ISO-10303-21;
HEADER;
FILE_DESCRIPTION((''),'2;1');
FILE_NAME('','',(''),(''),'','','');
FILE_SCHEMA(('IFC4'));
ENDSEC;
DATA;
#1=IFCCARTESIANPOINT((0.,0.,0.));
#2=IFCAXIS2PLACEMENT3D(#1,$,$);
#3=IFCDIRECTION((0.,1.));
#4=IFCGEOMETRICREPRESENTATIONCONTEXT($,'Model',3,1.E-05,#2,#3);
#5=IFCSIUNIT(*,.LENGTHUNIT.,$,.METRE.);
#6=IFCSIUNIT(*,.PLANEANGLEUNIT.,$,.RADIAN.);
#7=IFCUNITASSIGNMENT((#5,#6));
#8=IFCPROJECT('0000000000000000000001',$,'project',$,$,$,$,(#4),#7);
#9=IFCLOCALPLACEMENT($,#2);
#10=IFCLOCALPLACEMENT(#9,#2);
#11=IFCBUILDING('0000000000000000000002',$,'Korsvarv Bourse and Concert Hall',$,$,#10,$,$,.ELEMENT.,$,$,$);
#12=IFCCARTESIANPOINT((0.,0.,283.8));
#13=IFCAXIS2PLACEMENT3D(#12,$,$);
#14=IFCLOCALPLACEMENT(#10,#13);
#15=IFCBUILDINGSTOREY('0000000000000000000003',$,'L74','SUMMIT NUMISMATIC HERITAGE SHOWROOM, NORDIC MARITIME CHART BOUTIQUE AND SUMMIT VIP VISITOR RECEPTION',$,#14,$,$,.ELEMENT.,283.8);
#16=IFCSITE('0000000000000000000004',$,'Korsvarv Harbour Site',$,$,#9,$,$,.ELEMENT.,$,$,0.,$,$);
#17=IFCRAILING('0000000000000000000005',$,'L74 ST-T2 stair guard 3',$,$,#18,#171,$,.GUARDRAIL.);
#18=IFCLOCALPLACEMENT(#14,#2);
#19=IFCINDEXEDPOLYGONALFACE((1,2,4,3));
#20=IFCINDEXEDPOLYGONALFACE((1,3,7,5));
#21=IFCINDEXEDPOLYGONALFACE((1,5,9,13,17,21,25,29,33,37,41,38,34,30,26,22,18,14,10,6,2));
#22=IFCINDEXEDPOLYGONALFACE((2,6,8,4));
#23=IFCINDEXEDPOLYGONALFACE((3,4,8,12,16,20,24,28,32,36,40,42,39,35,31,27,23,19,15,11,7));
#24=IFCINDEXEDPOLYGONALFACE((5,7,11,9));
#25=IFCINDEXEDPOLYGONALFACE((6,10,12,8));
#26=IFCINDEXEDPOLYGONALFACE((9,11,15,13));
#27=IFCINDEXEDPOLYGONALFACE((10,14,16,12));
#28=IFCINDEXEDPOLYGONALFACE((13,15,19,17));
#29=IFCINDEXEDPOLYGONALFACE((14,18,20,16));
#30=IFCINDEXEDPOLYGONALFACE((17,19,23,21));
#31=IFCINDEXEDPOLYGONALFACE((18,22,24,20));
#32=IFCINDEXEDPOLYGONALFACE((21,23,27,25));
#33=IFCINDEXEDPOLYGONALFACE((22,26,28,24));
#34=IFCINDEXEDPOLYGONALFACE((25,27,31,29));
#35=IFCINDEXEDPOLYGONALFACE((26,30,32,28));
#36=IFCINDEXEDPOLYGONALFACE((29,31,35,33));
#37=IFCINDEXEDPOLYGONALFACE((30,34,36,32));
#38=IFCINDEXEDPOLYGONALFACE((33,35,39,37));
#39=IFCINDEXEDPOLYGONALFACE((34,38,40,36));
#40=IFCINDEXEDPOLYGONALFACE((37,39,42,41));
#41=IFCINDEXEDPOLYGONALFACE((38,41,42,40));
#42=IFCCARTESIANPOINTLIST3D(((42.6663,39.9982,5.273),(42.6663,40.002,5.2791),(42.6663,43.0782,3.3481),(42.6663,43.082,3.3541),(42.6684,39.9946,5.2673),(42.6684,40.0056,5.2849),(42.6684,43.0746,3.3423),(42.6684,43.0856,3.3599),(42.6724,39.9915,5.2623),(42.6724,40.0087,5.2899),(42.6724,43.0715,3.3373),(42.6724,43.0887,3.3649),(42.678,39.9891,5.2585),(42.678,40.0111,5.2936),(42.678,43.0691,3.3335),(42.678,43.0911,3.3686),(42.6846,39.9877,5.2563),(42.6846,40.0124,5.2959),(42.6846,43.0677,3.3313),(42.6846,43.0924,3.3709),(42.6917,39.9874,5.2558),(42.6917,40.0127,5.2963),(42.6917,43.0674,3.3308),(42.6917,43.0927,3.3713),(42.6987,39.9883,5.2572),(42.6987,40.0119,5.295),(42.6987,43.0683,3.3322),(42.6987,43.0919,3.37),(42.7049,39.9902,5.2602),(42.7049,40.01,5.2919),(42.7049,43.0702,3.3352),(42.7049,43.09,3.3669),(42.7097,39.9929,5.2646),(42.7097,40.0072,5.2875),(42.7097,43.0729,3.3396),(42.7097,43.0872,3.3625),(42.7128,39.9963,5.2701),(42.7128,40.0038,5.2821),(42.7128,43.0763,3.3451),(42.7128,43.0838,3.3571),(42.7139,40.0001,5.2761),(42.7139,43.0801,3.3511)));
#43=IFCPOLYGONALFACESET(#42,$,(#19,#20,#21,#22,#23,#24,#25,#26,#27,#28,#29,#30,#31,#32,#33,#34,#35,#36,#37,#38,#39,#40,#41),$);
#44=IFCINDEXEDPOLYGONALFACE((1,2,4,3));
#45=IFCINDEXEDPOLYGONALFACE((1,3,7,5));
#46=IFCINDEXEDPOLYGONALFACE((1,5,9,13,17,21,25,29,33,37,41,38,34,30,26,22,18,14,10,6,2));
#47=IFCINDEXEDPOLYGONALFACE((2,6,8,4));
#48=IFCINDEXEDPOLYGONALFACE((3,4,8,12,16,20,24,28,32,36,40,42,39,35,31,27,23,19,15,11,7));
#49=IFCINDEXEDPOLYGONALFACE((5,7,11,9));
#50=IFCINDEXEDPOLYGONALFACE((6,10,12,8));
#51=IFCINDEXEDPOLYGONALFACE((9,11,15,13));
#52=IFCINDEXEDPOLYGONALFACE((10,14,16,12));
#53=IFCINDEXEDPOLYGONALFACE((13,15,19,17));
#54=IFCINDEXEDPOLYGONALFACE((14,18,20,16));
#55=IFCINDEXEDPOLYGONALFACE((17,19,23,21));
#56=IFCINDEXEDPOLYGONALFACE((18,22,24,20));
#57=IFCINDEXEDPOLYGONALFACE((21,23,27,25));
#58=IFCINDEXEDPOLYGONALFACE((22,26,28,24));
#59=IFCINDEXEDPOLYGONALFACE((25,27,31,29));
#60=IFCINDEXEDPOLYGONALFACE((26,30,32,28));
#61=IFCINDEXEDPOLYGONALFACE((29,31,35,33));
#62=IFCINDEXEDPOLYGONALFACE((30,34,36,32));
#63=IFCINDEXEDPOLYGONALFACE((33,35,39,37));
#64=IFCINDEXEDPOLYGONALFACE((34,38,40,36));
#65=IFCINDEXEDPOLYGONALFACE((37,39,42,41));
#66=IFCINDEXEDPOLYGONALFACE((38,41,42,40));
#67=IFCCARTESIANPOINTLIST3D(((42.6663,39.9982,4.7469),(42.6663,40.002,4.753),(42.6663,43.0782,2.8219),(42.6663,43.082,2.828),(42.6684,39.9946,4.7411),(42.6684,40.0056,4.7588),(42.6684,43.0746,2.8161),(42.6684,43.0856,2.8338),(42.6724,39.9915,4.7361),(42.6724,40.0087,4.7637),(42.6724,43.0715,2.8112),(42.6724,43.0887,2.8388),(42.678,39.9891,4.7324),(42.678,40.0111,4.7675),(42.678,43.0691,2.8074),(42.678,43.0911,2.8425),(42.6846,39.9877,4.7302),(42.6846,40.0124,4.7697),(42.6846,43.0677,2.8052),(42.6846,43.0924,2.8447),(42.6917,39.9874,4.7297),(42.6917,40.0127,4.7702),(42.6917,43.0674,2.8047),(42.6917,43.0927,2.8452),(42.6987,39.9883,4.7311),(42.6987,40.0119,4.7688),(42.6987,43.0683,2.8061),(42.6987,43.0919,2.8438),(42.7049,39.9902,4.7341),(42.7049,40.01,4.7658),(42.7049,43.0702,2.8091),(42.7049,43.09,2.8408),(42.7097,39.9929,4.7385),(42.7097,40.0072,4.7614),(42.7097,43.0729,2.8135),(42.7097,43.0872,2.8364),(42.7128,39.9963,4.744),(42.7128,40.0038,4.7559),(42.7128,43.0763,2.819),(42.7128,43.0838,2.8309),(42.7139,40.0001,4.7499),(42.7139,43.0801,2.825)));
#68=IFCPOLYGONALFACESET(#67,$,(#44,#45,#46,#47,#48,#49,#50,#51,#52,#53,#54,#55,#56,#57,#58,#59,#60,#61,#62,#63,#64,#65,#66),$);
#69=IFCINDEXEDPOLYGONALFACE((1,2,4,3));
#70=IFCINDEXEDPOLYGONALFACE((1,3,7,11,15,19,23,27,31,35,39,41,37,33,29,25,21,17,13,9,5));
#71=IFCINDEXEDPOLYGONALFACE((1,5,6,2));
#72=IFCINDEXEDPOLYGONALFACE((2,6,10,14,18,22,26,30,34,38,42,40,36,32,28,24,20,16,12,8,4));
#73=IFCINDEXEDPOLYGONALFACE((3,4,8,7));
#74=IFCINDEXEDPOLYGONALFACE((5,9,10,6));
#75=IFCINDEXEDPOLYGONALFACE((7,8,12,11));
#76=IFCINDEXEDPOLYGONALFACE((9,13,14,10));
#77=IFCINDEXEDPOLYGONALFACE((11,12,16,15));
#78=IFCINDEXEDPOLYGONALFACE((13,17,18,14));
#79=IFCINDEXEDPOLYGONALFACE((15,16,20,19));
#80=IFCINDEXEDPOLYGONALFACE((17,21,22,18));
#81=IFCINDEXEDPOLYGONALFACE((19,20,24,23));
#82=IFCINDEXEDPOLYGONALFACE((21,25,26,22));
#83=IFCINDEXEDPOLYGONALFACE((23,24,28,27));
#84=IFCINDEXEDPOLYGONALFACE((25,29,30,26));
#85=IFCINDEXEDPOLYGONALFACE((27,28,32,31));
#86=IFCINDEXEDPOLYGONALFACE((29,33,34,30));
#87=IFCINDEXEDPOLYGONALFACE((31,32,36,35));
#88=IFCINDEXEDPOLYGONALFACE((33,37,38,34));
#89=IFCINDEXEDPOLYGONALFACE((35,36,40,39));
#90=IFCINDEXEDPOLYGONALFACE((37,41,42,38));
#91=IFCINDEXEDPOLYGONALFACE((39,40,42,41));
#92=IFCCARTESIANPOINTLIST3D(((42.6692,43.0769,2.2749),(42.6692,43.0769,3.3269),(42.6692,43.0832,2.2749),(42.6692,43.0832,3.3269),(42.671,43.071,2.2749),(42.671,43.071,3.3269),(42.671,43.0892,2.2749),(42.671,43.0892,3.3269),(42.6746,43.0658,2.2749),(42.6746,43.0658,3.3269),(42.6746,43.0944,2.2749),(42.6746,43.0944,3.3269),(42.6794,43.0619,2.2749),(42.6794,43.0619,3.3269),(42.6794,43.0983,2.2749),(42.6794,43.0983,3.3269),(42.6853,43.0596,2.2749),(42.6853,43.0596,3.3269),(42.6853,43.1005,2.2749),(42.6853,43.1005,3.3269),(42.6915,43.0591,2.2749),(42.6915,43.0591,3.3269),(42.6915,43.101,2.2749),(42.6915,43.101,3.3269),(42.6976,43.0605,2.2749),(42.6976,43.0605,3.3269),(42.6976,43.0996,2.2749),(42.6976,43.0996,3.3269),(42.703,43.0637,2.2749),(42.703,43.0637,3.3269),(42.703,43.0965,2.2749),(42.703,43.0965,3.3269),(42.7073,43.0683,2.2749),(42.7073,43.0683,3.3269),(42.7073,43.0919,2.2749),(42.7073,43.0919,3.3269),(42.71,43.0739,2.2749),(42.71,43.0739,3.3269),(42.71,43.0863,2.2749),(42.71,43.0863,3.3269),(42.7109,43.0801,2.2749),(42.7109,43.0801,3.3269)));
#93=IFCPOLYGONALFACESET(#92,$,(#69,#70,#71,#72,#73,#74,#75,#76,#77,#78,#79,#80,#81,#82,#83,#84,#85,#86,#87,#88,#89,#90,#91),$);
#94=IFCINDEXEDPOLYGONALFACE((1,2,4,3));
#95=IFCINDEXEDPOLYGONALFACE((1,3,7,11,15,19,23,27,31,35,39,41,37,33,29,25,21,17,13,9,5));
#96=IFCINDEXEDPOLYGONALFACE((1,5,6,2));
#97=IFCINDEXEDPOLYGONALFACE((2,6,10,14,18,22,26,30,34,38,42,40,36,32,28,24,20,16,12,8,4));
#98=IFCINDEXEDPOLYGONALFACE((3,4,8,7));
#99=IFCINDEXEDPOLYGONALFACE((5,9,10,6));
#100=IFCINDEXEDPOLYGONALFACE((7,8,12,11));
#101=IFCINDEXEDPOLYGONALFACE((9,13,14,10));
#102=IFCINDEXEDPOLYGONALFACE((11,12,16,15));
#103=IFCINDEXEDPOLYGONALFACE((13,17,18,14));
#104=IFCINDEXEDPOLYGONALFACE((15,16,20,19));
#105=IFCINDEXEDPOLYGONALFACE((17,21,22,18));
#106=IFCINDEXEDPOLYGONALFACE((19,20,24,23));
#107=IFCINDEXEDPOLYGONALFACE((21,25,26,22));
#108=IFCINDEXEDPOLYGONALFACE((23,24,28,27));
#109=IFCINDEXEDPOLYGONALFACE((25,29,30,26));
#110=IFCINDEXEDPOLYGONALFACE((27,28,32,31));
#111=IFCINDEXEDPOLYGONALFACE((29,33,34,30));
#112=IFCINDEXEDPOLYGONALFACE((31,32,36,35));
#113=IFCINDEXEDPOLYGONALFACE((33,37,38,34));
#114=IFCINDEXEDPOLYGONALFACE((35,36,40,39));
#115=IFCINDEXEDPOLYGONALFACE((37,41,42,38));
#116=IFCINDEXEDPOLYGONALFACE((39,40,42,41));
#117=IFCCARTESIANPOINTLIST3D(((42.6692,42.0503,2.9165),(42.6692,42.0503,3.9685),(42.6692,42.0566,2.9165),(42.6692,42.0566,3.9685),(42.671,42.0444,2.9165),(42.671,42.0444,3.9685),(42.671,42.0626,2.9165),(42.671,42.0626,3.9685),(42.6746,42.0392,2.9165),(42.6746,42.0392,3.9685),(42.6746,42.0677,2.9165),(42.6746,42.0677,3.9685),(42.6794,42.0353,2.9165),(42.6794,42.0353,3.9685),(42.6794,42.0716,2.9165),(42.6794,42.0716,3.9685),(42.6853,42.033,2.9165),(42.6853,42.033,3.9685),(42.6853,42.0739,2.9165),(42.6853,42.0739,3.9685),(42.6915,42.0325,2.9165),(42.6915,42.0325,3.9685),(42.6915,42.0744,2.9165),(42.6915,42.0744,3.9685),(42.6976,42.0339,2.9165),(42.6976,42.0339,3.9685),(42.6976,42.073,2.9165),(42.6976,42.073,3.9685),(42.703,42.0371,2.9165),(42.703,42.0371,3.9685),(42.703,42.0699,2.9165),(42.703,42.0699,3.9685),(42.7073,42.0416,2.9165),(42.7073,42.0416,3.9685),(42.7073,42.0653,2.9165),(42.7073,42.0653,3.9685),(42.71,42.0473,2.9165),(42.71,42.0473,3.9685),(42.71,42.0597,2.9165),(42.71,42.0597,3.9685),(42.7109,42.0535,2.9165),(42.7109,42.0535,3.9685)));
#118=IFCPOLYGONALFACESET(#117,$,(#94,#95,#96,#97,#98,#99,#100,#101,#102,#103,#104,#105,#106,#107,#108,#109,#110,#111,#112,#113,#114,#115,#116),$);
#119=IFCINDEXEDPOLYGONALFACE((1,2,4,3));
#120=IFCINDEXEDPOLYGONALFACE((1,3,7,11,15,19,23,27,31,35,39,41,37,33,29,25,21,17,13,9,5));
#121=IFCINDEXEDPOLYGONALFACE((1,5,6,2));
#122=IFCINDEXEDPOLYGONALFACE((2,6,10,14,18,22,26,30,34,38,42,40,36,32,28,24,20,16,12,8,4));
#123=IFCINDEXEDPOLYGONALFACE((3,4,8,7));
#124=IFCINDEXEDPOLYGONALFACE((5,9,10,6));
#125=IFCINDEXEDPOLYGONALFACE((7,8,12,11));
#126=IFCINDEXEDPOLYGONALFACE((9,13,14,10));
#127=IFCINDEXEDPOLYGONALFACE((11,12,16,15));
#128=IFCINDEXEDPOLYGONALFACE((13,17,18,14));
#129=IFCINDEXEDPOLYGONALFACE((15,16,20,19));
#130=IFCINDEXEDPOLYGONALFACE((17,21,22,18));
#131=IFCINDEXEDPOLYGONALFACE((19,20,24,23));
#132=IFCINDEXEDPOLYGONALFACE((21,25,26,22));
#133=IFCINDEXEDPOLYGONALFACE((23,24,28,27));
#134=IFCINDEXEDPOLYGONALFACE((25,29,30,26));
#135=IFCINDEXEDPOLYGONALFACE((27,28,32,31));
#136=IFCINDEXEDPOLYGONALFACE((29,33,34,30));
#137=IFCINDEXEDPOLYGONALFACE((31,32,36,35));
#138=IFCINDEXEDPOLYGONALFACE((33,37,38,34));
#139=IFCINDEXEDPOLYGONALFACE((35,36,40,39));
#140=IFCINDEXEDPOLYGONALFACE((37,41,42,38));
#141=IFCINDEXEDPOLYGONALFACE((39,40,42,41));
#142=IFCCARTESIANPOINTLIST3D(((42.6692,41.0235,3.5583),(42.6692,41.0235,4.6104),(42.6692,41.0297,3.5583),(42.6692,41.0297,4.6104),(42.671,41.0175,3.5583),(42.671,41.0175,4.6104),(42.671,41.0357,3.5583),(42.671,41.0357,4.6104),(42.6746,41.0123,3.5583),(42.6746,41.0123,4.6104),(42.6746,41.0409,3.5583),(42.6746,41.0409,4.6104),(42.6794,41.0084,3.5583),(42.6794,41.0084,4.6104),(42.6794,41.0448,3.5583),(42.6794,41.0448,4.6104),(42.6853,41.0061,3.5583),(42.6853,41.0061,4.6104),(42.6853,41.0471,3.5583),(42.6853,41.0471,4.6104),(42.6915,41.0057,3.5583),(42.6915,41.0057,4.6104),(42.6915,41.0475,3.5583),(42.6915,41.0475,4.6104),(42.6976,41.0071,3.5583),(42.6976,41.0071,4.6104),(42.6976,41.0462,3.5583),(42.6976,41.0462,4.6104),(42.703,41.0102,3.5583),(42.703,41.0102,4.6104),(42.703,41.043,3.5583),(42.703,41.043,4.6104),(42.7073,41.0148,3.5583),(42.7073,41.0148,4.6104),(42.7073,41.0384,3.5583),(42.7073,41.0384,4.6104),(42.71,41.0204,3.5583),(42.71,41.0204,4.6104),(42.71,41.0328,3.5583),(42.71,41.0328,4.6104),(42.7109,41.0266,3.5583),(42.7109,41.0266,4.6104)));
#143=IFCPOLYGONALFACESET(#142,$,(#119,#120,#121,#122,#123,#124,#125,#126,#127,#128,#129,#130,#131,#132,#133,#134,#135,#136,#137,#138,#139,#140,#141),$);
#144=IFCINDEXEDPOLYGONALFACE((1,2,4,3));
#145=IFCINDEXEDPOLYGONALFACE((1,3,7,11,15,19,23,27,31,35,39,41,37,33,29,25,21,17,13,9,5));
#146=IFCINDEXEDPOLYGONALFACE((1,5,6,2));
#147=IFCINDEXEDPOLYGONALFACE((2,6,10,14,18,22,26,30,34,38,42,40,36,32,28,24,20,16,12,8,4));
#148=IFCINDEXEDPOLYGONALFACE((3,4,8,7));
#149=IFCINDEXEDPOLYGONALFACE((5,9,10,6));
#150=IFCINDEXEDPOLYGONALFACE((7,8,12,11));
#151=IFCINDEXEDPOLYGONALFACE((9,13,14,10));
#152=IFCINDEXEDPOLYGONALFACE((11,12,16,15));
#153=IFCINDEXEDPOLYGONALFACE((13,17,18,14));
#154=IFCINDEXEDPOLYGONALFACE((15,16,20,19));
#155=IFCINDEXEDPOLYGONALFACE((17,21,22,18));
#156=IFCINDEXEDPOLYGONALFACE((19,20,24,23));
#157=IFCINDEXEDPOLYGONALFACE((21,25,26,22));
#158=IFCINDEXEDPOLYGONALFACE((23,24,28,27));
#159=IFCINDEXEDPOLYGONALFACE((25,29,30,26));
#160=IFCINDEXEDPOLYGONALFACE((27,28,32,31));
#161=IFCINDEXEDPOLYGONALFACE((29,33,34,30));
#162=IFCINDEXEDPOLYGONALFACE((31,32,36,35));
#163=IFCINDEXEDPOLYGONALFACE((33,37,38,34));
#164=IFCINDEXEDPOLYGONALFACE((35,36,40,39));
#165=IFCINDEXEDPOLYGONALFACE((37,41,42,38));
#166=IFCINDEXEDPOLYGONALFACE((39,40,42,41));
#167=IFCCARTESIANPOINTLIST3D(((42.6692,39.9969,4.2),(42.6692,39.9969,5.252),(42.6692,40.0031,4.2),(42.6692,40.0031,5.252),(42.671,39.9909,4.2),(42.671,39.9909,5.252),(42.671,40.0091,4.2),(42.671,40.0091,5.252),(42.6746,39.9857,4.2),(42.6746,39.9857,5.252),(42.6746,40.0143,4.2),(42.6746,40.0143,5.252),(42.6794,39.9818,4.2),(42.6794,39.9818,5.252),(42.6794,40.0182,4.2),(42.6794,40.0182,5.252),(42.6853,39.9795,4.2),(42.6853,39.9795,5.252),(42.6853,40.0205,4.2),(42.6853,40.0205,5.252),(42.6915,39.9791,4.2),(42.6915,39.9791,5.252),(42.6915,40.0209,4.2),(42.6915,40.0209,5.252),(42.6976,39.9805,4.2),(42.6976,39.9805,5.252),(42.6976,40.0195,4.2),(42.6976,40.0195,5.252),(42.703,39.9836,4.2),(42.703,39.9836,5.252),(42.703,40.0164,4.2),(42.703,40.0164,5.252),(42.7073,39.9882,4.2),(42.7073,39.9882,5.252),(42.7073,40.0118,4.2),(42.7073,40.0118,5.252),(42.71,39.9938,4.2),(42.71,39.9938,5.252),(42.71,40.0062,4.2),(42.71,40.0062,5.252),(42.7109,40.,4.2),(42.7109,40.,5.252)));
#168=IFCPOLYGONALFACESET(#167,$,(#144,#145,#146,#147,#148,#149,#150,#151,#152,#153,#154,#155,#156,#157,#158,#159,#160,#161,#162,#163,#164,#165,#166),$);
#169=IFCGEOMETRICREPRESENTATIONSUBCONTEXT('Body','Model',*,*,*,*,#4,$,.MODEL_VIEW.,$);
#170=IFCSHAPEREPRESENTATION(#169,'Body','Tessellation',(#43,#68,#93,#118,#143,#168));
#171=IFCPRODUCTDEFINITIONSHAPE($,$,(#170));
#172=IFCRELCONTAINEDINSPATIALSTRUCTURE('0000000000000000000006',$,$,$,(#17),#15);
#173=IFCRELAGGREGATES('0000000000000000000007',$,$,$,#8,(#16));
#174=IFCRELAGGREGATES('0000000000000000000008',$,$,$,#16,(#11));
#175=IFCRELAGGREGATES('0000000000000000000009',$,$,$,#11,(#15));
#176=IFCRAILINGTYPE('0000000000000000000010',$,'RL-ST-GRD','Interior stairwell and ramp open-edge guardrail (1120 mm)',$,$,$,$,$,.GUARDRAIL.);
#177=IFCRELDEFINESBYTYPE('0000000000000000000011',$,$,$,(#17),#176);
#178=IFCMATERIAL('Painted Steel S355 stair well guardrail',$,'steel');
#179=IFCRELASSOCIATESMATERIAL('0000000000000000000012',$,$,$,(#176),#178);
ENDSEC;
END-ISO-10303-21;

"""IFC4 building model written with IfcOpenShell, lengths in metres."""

from ifc_helpers import new_model, si_unit, direction, frame, origin, origin_2d, place, context, subcontext, project, spatial, circle, extrude, material, type_object, element, save


model = new_model("IFC4")

# Units and contexts
model_context = context("Model", 3, precision=1e-05, world=origin(), true_north=direction((0.0, 1.0)))
body_context = subcontext(model_context, "Body", "Model", "MODEL_VIEW")
ifc_project = project(units=[si_unit("LENGTHUNIT", "METRE"), si_unit("PLANEANGLEUNIT", "RADIAN")], contexts=[model_context])

# Site, building, storey
site_placement = place(None, origin())
site = spatial("IfcSite", under=ifc_project, at=site_placement, Name="Korsvarv Harbour Site", CompositionType="ELEMENT", RefElevation=0.0)
building_placement = place(site_placement, origin())
building = spatial("IfcBuilding", under=site, at=building_placement, Name="Korsvarv Bourse and Concert Hall", CompositionType="ELEMENT")
storey_placement = place(building_placement, frame((0.0, 0.0, 283.8)))
storey = spatial("IfcBuildingStorey", under=building, at=storey_placement, Name="L74", Description="SUMMIT NUMISMATIC HERITAGE SHOWROOM, NORDIC MARITIME CHART BOUTIQUE AND SUMMIT VIP VISITOR RECEPTION", CompositionType="ELEMENT", Elevation=283.8)

# Railing
ifc_material_1 = material(Name="Painted Steel S355 stair well guardrail", Category="steel")
railing_type_1 = type_object("IfcRailingType", Name="RL-ST-GRD", Description="Interior stairwell and ramp open-edge guardrail (1120 mm)", PredefinedType="GUARDRAIL", material=ifc_material_1)
railing_1_placement = place(storey_placement, frame((42.6899, 43.0801, 2.2749)))
element("IfcRailing", 1, at=railing_1_placement, inside=storey, type_object=railing_type_1, Name="L74 ST-T2 stair guard 3", PredefinedType="GUARDRAIL", context=body_context, shape_type="SweptSolid", body=[
    extrude(circle(Radius=0.0239, at=origin_2d()), frame((0.0, 0.0, 1.0762), z_axis=(0.0, -0.847998, 0.529999), x_axis=(1.0, 0.0, 0.0)), (0.0, 0.0, 1.0), 3.6321),
    extrude(circle(Radius=0.0239, at=origin_2d()), frame((0.0, 0.0, 0.55), z_axis=(0.0, -0.847998, 0.529999), x_axis=(1.0, 0.0, 0.0)), (0.0, 0.0, 1.0), 3.6321),
    extrude(circle(Radius=0.021, at=origin_2d()), origin(), (0.0, 0.0, 1.0), 1.052),
    extrude(circle(Radius=0.021, at=origin_2d()), frame((0.0, -1.0266, 0.6416)), (0.0, 0.0, 1.0), 1.052),
    extrude(circle(Radius=0.021, at=origin_2d()), frame((0.0, -2.0535, 1.2834)), (0.0, 0.0, 1.0), 1.052),
    extrude(circle(Radius=0.021, at=origin_2d()), frame((0.0, -3.0801, 1.925)), (0.0, 0.0, 1.0), 1.052),
])

save(model, "model.ifc")
